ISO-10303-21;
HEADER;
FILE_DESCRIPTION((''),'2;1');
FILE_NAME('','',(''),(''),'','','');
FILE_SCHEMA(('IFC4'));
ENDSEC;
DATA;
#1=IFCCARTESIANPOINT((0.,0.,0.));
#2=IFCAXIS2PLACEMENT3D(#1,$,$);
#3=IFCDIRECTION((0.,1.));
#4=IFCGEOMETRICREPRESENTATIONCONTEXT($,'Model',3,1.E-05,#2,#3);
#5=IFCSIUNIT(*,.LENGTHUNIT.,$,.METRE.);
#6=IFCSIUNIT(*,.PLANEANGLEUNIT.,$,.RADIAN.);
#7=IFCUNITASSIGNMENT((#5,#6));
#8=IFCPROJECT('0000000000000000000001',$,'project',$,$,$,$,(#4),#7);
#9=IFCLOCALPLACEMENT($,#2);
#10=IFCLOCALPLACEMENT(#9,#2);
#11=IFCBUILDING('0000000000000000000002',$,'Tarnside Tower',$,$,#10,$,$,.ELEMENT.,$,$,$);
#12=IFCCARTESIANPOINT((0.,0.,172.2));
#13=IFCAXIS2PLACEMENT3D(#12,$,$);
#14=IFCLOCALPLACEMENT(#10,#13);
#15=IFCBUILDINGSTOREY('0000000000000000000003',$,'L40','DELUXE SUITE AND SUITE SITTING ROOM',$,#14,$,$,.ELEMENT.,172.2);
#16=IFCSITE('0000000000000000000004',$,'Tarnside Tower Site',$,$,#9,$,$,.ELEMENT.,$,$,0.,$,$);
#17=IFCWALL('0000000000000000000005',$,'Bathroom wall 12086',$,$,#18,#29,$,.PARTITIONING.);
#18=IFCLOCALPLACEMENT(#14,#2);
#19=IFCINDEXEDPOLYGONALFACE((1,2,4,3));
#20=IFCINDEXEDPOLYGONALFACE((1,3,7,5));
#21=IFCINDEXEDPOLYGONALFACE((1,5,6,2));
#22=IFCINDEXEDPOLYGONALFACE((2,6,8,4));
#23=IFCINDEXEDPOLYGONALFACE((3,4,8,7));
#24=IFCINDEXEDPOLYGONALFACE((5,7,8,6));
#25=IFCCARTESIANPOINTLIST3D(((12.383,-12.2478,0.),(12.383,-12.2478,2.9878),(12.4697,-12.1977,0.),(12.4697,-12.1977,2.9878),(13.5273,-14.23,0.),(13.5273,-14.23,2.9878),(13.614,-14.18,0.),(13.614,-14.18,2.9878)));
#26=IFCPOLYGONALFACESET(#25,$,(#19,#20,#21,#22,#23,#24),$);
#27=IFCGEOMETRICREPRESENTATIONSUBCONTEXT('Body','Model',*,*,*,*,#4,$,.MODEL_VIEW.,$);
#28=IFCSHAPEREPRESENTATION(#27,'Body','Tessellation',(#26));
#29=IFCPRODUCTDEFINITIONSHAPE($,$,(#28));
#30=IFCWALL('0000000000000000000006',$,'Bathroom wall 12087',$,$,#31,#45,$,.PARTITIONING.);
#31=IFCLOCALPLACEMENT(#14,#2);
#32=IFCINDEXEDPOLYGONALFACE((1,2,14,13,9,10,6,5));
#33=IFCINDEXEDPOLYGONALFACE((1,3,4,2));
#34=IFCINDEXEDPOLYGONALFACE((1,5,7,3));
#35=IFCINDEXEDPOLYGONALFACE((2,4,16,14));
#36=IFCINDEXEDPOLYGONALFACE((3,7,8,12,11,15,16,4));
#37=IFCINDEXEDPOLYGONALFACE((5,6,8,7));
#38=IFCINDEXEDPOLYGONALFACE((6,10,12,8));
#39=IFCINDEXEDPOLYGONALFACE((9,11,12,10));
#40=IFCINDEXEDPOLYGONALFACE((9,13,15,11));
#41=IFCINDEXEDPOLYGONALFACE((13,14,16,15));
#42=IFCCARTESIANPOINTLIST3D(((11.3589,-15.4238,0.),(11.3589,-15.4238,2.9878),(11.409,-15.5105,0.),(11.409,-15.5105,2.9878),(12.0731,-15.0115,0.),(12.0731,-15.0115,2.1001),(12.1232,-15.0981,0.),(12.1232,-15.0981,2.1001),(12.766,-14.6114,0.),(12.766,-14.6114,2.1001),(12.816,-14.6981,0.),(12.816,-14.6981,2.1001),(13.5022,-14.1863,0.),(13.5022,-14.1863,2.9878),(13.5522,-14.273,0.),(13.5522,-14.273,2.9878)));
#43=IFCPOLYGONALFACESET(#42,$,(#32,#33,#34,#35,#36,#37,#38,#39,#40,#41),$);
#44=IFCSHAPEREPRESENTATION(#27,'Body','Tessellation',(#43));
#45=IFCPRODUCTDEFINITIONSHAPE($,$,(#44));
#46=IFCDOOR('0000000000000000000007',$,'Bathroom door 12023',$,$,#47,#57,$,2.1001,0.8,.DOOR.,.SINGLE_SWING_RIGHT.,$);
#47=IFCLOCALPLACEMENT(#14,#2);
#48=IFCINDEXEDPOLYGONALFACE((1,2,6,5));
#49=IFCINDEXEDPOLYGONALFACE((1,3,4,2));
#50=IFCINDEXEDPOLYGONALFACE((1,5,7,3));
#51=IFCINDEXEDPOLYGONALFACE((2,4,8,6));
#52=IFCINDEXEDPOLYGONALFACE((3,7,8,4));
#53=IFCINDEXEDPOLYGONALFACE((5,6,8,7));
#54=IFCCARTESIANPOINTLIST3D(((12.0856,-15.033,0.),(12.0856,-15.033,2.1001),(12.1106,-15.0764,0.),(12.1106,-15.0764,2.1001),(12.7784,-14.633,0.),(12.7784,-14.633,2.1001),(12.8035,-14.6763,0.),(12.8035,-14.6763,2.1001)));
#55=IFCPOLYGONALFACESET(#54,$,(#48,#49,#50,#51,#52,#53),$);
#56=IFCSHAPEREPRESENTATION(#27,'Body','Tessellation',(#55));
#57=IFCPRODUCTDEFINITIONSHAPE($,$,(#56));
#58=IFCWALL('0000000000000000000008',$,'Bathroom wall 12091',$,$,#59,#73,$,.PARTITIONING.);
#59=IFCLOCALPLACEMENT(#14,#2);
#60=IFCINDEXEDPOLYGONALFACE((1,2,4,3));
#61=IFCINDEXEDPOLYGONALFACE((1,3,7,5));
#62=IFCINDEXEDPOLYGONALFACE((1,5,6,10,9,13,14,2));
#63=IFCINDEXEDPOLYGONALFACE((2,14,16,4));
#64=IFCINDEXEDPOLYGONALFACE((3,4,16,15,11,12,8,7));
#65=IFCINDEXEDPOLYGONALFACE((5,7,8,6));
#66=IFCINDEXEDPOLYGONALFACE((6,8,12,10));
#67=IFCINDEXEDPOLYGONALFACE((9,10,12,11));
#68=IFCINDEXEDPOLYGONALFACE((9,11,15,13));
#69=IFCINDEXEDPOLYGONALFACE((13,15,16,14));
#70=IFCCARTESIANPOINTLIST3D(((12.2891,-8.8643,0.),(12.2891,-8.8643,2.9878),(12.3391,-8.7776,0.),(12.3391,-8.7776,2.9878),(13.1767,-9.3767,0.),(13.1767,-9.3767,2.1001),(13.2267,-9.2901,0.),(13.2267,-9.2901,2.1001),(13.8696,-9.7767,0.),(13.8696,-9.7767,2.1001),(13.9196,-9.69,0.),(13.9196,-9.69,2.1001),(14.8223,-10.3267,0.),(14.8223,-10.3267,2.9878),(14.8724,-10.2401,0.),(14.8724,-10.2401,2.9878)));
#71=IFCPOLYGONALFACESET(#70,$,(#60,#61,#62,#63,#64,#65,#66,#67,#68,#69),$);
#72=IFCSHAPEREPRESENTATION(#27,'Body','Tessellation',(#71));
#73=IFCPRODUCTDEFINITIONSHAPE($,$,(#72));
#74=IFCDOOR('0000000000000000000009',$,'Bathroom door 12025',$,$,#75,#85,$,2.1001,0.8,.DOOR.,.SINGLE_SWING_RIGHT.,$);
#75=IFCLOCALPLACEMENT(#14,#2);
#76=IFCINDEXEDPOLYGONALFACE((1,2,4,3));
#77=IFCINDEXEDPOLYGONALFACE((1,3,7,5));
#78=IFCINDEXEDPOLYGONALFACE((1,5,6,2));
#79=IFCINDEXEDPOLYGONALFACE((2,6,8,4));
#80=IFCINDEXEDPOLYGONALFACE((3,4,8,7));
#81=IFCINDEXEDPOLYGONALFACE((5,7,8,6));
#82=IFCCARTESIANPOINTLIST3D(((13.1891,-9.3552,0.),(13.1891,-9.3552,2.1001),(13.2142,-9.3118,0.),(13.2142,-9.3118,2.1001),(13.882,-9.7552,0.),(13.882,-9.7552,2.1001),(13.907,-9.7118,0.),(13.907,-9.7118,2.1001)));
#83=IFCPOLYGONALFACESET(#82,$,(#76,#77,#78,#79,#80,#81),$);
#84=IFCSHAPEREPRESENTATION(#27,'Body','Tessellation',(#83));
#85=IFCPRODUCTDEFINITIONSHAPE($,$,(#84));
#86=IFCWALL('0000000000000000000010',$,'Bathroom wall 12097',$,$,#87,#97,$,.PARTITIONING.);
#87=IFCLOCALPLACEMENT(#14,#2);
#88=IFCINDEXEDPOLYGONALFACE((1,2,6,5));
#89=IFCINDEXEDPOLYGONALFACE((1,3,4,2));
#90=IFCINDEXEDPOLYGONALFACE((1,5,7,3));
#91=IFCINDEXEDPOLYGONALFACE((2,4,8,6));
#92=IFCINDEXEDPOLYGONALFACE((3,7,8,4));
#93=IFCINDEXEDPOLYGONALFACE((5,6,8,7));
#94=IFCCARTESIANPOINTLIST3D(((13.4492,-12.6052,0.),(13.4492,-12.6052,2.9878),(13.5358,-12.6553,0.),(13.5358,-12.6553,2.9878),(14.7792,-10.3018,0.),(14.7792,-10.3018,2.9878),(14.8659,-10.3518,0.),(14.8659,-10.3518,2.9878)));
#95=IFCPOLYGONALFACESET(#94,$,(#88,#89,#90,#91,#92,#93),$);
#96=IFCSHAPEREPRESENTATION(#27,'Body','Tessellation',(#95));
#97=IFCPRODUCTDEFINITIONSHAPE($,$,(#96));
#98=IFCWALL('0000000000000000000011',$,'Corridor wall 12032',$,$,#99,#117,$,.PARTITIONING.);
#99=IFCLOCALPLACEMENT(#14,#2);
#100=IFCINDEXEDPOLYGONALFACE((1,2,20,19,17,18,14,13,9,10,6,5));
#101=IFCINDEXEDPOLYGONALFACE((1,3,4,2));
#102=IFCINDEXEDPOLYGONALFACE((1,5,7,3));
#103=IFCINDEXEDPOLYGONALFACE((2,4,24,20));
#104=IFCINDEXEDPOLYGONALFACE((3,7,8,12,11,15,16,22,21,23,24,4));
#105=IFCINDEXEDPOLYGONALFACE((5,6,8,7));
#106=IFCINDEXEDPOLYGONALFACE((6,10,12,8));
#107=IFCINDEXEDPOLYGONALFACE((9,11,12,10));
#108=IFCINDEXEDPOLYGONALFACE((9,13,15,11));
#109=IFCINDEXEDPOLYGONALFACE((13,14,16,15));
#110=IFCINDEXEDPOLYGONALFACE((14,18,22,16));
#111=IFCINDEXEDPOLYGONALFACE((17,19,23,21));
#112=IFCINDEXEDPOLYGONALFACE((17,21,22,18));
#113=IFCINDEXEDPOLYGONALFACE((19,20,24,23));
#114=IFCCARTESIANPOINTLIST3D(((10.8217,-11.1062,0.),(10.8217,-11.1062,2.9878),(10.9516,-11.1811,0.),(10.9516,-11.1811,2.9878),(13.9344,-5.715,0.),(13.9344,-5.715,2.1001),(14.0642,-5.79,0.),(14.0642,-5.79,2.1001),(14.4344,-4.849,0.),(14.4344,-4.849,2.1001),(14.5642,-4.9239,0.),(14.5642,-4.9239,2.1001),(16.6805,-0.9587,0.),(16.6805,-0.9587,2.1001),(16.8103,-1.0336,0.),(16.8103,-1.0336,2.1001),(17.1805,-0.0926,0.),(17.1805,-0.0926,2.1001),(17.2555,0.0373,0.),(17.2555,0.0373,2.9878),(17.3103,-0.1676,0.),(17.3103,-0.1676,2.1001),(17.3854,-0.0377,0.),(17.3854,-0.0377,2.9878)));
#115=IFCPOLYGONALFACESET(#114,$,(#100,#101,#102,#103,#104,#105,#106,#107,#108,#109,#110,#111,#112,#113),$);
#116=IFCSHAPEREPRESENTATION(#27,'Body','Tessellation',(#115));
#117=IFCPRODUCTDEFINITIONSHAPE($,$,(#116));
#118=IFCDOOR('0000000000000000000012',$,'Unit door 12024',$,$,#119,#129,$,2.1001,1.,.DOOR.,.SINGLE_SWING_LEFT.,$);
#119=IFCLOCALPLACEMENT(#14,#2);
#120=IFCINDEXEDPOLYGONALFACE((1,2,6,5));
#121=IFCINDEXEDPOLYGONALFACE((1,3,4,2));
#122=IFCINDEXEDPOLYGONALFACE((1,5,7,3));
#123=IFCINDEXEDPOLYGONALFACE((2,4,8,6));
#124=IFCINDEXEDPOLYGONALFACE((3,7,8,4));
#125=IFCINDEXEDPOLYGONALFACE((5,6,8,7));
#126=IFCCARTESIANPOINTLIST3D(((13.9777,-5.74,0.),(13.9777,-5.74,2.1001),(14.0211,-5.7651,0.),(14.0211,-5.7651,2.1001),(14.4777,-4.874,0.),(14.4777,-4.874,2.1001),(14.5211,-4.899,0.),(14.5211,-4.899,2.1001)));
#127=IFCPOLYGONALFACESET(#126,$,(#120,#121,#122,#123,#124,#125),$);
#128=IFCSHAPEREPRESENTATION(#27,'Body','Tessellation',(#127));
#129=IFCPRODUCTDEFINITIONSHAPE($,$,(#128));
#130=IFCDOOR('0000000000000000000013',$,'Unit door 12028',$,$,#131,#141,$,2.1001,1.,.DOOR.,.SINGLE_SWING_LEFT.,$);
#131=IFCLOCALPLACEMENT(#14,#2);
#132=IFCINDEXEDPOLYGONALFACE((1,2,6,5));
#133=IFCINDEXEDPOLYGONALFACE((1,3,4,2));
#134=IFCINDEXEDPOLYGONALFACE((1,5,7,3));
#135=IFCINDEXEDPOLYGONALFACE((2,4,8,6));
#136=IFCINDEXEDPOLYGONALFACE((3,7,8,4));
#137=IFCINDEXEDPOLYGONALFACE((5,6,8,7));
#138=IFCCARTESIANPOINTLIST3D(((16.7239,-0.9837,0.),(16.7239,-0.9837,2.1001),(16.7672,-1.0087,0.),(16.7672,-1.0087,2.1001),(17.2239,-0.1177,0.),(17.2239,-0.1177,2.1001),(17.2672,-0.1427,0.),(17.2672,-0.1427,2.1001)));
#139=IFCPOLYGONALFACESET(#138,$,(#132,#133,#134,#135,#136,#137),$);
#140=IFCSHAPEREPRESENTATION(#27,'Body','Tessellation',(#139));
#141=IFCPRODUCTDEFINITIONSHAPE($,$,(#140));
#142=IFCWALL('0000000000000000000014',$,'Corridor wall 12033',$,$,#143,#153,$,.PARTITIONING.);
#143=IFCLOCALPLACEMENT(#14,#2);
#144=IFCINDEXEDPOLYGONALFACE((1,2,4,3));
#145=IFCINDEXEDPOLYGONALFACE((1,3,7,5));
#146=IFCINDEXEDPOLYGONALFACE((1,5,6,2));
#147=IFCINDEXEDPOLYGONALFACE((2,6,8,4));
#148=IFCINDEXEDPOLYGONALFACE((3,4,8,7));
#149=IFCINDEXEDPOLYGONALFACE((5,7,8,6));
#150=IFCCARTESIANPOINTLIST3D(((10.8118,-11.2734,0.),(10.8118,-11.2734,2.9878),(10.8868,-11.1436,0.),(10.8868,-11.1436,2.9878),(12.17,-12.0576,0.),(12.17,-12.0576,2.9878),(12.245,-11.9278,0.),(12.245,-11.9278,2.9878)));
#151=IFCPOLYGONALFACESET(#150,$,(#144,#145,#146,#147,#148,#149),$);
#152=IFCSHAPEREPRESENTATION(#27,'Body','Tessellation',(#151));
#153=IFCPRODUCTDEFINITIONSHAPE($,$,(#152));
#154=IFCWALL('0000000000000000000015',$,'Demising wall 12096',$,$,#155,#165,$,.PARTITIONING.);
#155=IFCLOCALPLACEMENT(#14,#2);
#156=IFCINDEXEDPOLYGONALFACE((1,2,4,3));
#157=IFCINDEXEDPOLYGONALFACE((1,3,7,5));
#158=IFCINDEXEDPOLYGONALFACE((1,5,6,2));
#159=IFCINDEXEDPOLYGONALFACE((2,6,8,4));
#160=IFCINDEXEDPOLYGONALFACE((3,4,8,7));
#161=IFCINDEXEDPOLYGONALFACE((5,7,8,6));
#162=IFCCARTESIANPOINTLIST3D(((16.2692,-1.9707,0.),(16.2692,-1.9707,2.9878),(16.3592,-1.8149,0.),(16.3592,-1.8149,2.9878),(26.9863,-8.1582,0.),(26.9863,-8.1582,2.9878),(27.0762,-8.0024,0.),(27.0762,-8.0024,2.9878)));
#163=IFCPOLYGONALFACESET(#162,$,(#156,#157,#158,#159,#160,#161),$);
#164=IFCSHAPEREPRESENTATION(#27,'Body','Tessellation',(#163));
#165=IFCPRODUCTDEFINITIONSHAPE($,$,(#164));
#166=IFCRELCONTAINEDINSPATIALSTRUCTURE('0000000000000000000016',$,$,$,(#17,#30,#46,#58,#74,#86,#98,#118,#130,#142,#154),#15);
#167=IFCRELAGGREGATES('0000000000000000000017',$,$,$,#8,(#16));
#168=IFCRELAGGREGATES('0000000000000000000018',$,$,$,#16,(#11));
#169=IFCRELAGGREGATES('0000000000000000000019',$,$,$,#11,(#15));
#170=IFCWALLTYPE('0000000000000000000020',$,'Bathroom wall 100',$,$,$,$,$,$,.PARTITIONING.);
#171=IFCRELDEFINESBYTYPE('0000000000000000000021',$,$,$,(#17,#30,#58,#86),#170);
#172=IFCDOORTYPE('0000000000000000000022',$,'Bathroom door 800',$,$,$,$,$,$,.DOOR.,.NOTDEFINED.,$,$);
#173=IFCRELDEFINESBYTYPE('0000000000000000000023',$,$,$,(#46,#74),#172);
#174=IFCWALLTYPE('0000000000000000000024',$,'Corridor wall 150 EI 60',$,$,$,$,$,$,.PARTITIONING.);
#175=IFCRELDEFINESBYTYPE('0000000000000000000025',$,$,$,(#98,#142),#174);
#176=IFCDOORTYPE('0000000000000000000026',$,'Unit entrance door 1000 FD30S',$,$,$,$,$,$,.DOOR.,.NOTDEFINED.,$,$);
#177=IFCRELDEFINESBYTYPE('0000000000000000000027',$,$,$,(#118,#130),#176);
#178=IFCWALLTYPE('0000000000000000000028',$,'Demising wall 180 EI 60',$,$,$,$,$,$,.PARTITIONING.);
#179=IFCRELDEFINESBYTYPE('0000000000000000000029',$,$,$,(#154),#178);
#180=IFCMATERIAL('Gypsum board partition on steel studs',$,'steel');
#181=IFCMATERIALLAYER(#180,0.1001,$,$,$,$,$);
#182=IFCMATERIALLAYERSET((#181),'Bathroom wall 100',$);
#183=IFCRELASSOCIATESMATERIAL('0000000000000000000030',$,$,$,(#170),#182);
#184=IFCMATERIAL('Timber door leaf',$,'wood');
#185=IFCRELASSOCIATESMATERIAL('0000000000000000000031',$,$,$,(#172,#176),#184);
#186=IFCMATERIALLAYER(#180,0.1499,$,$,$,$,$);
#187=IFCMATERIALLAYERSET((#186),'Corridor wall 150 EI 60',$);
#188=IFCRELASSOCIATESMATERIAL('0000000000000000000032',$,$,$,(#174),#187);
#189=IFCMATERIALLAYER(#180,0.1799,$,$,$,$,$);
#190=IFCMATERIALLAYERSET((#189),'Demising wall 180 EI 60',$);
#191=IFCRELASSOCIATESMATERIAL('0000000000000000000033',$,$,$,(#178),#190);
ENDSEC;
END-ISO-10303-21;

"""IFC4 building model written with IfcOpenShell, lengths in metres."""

from ifc_helpers import new_model, si_unit, direction, frame, frame_2d, origin, place, context, subcontext, project, spatial, rectangle, extrude, material, layer, layer_set, type_object, element, fill, save


model = new_model("IFC4")

# Units and contexts
model_context = context("Model", 3, precision=1e-05, world=origin(), true_north=direction((0.0, 1.0)))
body_context = subcontext(model_context, "Body", "Model", "MODEL_VIEW")
ifc_project = project(units=[si_unit("LENGTHUNIT", "METRE"), si_unit("PLANEANGLEUNIT", "RADIAN")], contexts=[model_context])

# Site, building, storey
site_placement = place(None, origin())
site = spatial("IfcSite", under=ifc_project, at=site_placement, Name="Tarnside Tower Site", CompositionType="ELEMENT", RefElevation=0.0)
building_placement = place(site_placement, origin())
building = spatial("IfcBuilding", under=site, at=building_placement, Name="Tarnside Tower", CompositionType="ELEMENT")
storey_placement = place(building_placement, frame((0.0, 0.0, 172.2)))
storey = spatial("IfcBuildingStorey", under=building, at=storey_placement, Name="L40", Description="DELUXE SUITE AND SUITE SITTING ROOM", CompositionType="ELEMENT", Elevation=172.2)

# Wall
ifc_material_1 = material(Name="Gypsum board partition on steel studs", Category="steel")
ifc_layer_1 = layer(ifc_material_1, 0.1001)
ifc_layer_set_1 = layer_set([ifc_layer_1], Name="Bathroom wall 100")
wall_type_1 = type_object("IfcWallType", Name="Bathroom wall 100", PredefinedType="PARTITIONING", material=ifc_layer_set_1)
wall_1_placement = place(storey_placement, frame((12.4263, -12.2227, 0.0), z_axis=(0.0, 0.0, 1.0), x_axis=(0.499959, -0.866049, 0.0)))
element("IfcWall", 1, at=wall_1_placement, inside=storey, type_object=wall_type_1, Name="Bathroom wall 12086", PredefinedType="PARTITIONING", context=body_context, shape_type="SweptSolid", body=[
    extrude(rectangle(XDim=2.2888, YDim=0.1001, at=frame_2d((1.1445, 0.0))), origin(), (0.0, 0.0, 1.0), 2.9878),
])

# Walls, openings, doors
wall_2_placement = place(storey_placement, frame((13.5271, -14.2297, 0.0), z_axis=(0.0, 0.0, 1.0), x_axis=(-0.866007, -0.500033, 0.0)))
wall_2 = element("IfcWall", 2, at=wall_2_placement, inside=storey, type_object=wall_type_1, Name="Bathroom wall 12087", PredefinedType="PARTITIONING", context=body_context, shape_type="SweptSolid", body=[
    extrude(rectangle(XDim=2.4749, YDim=0.1001, at=frame_2d((1.2373, 0.0))), origin(), (0.0, 0.0, 1.0), 2.9878),
])
opening_1_placement = place(wall_2_placement, frame((0.8501, 0.0, 0.0)))
opening_1 = element("IfcOpeningElement", 3, at=opening_1_placement, cuts=wall_2, PredefinedType="OPENING", context=body_context, shape_type="SweptSolid", body=[
    extrude(rectangle(XDim=0.8, YDim=2.1001, at=frame_2d((0.3999, 1.05))), frame((0.0, 0.0601, 0.0), z_axis=(0.0, -1.0, 0.0), x_axis=(1.0, 0.0, 0.0)), (0.0, 0.0, 1.0), 0.1201),
])
ifc_material_2 = material(Name="Timber door leaf", Category="wood")
door_type_1 = type_object("IfcDoorType", Name="Bathroom door 800", OperationType="NOTDEFINED", PredefinedType="DOOR", material=ifc_material_2)
door_1_placement = place(opening_1_placement, origin())
door_1 = element("IfcDoor", 4, at=door_1_placement, inside=storey, type_object=door_type_1, Name="Bathroom door 12023", OperationType="SINGLE_SWING_RIGHT", OverallHeight=2.1001, OverallWidth=0.8, PredefinedType="DOOR", context=body_context, shape_type="SweptSolid", body=[
    extrude(rectangle(XDim=0.8, YDim=2.1001, at=frame_2d((0.3999, 1.05))), frame((0.0, 0.0249, 0.0), z_axis=(0.0, -1.0, 0.0), x_axis=(1.0, 0.0, 0.0)), (0.0, 0.0, 1.0), 0.05),
])
fill(opening_1, door_1)
wall_3_placement = place(storey_placement, frame((12.3142, -8.821, 0.0), z_axis=(0.0, 0.0, 1.0), x_axis=(0.866047, -0.499963, 0.0)))
wall_3 = element("IfcWall", 5, at=wall_3_placement, inside=storey, type_object=wall_type_1, Name="Bathroom wall 12091", PredefinedType="PARTITIONING", context=body_context, shape_type="SweptSolid", body=[
    extrude(rectangle(XDim=2.925, YDim=0.1001, at=frame_2d((1.4624, 0.0))), origin(), (0.0, 0.0, 1.0), 2.9878),
])
opening_2_placement = place(wall_3_placement, frame((1.0249, 0.0, 0.0)))
opening_2 = element("IfcOpeningElement", 6, at=opening_2_placement, cuts=wall_3, PredefinedType="OPENING", context=body_context, shape_type="SweptSolid", body=[
    extrude(rectangle(XDim=0.8, YDim=2.1001, at=frame_2d((0.3999, 1.05))), frame((0.0, 0.0601, 0.0), z_axis=(0.0, -1.0, 0.0), x_axis=(1.0, 0.0, 0.0)), (0.0, 0.0, 1.0), 0.1201),
])
door_2_placement = place(opening_2_placement, origin())
door_2 = element("IfcDoor", 7, at=door_2_placement, inside=storey, type_object=door_type_1, Name="Bathroom door 12025", OperationType="SINGLE_SWING_RIGHT", OverallHeight=2.1001, OverallWidth=0.8, PredefinedType="DOOR", context=body_context, shape_type="SweptSolid", body=[
    extrude(rectangle(XDim=0.8, YDim=2.1001, at=frame_2d((0.3999, 1.05))), frame((0.0, 0.0249, 0.0), z_axis=(0.0, -1.0, 0.0), x_axis=(1.0, 0.0, 0.0)), (0.0, 0.0, 1.0), 0.05),
])
fill(opening_2, door_2)

# Wall
wall_4_placement = place(storey_placement, frame((13.4924, -12.6304, 0.0), z_axis=(0.0, 0.0, 1.0), x_axis=(0.500048, 0.865998, 0.0)))
element("IfcWall", 8, at=wall_4_placement, inside=storey, type_object=wall_type_1, Name="Bathroom wall 12097", PredefinedType="PARTITIONING", context=body_context, shape_type="SweptSolid", body=[
    extrude(rectangle(XDim=2.6599, YDim=0.1001, at=frame_2d((1.3301, 0.0))), origin(), (0.0, 0.0, 1.0), 2.9878),
])

# Wall, openings, doors
ifc_layer_2 = layer(ifc_material_1, 0.1499)
ifc_layer_set_2 = layer_set([ifc_layer_2], Name="Corridor wall 150 EI 60")
wall_type_2 = type_object("IfcWallType", Name="Corridor wall 150 EI 60", PredefinedType="PARTITIONING", material=ifc_layer_set_2)
wall_5_placement = place(storey_placement, frame((10.8867, -11.1436, 0.0), z_axis=(0.0, 0.0, 1.0), x_axis=(0.500006, 0.866022, 0.0)))
wall_5 = element("IfcWall", 9, at=wall_5_placement, inside=storey, type_object=wall_type_2, Name="Corridor wall 12032", PredefinedType="PARTITIONING", context=body_context, shape_type="SweptSolid", body=[
    extrude(rectangle(XDim=12.8674, YDim=0.1499, at=frame_2d((6.4336, 0.0))), origin(), (0.0, 0.0, 1.0), 2.9878),
])
opening_3_placement = place(wall_5_placement, frame((6.2251, 0.0, 0.0)))
opening_3 = element("IfcOpeningElement", 10, at=opening_3_placement, cuts=wall_5, PredefinedType="OPENING", context=body_context, shape_type="SweptSolid", body=[
    extrude(rectangle(XDim=1.0, YDim=2.1001, at=frame_2d((0.5, 1.05))), frame((0.0, 0.085, 0.0), z_axis=(0.0, -1.0, 0.0), x_axis=(1.0, 0.0, 0.0)), (0.0, 0.0, 1.0), 0.1699),
])
opening_4_placement = place(wall_5_placement, frame((11.7173, 0.0, 0.0)))
opening_4 = element("IfcOpeningElement", 11, at=opening_4_placement, cuts=wall_5, PredefinedType="OPENING", context=body_context, shape_type="SweptSolid", body=[
    extrude(rectangle(XDim=1.0, YDim=2.1001, at=frame_2d((0.5, 1.05))), frame((0.0, 0.085, 0.0), z_axis=(0.0, -1.0, 0.0), x_axis=(1.0, 0.0, 0.0)), (0.0, 0.0, 1.0), 0.1699),
])
door_type_2 = type_object("IfcDoorType", Name="Unit entrance door 1000 FD30S", OperationType="NOTDEFINED", PredefinedType="DOOR", material=ifc_material_2)
door_3_placement = place(opening_3_placement, origin())
door_3 = element("IfcDoor", 12, at=door_3_placement, inside=storey, type_object=door_type_2, Name="Unit door 12024", OperationType="SINGLE_SWING_LEFT", OverallHeight=2.1001, OverallWidth=1.0, PredefinedType="DOOR", context=body_context, shape_type="SweptSolid", body=[
    extrude(rectangle(XDim=1.0, YDim=2.1001, at=frame_2d((0.5, 1.05))), frame((0.0, 0.0249, 0.0), z_axis=(0.0, -1.0, 0.0), x_axis=(1.0, 0.0, 0.0)), (0.0, 0.0, 1.0), 0.05),
])
fill(opening_3, door_3)
door_4_placement = place(opening_4_placement, origin())
door_4 = element("IfcDoor", 13, at=door_4_placement, inside=storey, type_object=door_type_2, Name="Unit door 12028", OperationType="SINGLE_SWING_LEFT", OverallHeight=2.1001, OverallWidth=1.0, PredefinedType="DOOR", context=body_context, shape_type="SweptSolid", body=[
    extrude(rectangle(XDim=1.0, YDim=2.1001, at=frame_2d((0.5, 1.05))), frame((0.0, 0.0249, 0.0), z_axis=(0.0, -1.0, 0.0), x_axis=(1.0, 0.0, 0.0)), (0.0, 0.0, 1.0), 0.05),
])
fill(opening_4, door_4)

# Walls
wall_6_placement = place(storey_placement, frame((12.2075, -11.9927, 0.0), z_axis=(0.0, 0.0, 1.0), x_axis=(-0.866012, 0.500023, 0.0)))
element("IfcWall", 14, at=wall_6_placement, inside=storey, type_object=wall_type_2, Name="Corridor wall 12033", PredefinedType="PARTITIONING", context=body_context, shape_type="SweptSolid", body=[
    extrude(rectangle(XDim=1.5684, YDim=0.1499, at=frame_2d((0.7842, 0.0))), origin(), (0.0, 0.0, 1.0), 2.9878),
])
ifc_layer_3 = layer(ifc_material_1, 0.1799)
ifc_layer_set_3 = layer_set([ifc_layer_3], Name="Demising wall 180 EI 60")
wall_type_3 = type_object("IfcWallType", Name="Demising wall 180 EI 60", PredefinedType="PARTITIONING", material=ifc_layer_set_3)
wall_7_placement = place(storey_placement, frame((27.0312, -8.0803, 0.0), z_axis=(0.0, 0.0, 1.0), x_axis=(-0.866025, 0.500001, 0.0)))
element("IfcWall", 15, at=wall_7_placement, inside=storey, type_object=wall_type_3, Name="Demising wall 12096", PredefinedType="PARTITIONING", context=body_context, shape_type="SweptSolid", body=[
    extrude(rectangle(XDim=12.375, YDim=0.1799, at=frame_2d((6.1875, 0.0))), origin(), (0.0, 0.0, 1.0), 2.9878),
])

save(model, "model.ifc")
